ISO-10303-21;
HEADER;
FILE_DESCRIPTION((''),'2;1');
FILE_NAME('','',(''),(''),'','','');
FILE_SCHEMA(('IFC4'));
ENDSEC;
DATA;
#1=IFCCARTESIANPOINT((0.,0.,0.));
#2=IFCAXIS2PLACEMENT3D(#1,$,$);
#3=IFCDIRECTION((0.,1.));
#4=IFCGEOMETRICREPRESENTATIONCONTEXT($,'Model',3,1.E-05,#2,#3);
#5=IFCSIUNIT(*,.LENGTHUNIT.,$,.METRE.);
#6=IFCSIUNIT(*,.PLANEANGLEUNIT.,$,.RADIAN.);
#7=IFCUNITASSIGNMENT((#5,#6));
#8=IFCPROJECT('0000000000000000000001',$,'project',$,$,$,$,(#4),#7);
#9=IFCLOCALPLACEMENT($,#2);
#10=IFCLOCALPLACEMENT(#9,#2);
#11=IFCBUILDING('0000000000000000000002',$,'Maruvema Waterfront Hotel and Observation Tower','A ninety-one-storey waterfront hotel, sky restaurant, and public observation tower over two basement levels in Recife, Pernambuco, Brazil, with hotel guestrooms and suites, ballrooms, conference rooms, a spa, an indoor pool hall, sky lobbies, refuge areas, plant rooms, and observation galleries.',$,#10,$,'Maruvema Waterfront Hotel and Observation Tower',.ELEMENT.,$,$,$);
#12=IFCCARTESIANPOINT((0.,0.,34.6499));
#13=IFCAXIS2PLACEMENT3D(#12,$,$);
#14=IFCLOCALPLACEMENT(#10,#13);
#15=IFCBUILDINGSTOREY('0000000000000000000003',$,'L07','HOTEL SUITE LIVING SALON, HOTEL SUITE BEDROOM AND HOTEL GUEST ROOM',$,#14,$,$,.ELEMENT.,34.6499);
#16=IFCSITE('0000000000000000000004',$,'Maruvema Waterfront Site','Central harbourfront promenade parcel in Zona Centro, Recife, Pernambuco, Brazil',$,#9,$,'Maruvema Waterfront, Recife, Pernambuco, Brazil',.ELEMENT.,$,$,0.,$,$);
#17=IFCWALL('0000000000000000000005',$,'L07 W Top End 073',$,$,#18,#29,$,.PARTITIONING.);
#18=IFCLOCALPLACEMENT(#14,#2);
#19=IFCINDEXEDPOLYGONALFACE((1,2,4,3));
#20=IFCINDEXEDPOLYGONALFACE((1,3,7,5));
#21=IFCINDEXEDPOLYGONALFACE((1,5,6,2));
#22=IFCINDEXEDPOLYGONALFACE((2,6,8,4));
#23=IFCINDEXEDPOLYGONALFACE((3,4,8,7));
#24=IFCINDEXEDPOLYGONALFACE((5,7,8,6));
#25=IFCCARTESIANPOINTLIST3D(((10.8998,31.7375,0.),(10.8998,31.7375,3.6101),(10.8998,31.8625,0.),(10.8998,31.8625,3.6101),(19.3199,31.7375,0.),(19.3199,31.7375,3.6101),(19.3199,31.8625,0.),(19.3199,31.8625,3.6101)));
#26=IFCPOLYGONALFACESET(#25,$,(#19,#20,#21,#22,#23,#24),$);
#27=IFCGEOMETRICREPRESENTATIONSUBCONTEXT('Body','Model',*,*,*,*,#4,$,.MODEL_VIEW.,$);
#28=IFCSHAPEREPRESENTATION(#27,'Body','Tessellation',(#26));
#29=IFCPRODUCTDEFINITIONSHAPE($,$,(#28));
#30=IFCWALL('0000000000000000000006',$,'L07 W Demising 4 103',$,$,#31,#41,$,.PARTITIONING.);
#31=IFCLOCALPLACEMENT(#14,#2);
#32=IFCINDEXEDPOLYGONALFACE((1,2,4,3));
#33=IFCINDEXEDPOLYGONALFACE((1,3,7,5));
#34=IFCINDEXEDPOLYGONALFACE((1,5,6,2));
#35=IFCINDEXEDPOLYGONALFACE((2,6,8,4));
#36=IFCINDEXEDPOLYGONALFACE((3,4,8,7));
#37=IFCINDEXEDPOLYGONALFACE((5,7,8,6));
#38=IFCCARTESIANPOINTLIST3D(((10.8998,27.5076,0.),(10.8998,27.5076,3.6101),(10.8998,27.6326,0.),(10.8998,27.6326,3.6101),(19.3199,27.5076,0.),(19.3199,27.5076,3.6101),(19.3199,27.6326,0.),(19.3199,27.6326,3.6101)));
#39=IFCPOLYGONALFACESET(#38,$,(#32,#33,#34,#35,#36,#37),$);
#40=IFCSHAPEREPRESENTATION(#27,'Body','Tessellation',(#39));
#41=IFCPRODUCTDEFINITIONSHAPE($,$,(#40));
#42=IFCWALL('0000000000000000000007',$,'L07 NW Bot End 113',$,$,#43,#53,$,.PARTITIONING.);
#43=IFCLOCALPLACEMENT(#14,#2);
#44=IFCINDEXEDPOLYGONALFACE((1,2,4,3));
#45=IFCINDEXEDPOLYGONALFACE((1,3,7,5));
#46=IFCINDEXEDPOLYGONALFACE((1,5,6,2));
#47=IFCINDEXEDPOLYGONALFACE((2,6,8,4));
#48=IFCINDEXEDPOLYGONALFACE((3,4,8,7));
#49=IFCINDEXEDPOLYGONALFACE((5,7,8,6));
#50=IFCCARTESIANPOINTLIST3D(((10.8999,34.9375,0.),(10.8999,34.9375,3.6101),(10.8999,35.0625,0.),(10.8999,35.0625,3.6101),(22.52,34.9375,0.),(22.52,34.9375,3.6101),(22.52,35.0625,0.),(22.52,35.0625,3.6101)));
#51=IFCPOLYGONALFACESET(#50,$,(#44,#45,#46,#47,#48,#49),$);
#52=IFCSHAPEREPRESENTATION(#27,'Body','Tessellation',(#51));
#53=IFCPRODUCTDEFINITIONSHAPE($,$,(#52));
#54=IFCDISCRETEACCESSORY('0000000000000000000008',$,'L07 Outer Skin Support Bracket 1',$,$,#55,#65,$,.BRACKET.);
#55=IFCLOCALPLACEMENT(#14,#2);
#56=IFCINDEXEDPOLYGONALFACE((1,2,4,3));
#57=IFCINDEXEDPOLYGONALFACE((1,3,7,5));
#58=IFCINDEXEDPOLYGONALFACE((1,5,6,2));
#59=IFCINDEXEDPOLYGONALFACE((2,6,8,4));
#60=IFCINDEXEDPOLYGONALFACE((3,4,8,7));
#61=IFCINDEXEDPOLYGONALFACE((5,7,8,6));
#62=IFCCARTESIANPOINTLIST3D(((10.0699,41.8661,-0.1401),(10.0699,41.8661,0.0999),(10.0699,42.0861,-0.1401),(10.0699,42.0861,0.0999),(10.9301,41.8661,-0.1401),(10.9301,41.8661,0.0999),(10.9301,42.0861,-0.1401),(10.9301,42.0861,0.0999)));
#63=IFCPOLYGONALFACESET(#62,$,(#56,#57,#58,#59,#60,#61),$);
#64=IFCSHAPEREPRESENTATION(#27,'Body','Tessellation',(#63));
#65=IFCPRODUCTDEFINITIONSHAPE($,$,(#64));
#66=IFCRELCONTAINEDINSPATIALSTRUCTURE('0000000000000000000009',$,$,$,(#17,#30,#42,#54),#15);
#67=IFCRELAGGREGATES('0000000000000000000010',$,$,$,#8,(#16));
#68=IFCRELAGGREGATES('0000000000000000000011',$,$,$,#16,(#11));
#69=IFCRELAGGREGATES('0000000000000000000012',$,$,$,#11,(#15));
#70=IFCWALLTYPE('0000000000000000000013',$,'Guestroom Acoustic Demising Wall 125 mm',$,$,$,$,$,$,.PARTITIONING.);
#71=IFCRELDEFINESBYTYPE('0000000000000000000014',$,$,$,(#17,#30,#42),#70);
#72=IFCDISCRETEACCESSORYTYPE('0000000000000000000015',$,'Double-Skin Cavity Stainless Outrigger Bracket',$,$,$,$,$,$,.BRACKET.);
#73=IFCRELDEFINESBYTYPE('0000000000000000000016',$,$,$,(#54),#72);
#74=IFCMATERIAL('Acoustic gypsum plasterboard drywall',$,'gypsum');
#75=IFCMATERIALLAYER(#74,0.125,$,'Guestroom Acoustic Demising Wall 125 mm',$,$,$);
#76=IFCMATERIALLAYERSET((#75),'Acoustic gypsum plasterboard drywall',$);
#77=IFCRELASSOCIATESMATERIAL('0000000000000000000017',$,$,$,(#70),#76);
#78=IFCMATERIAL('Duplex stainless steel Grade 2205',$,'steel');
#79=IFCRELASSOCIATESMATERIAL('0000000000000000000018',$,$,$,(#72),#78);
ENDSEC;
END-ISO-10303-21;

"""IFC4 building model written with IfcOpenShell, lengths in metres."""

from ifc_helpers import new_model, si_unit, direction, frame, frame_2d, origin, origin_2d, place, context, subcontext, project, spatial, rectangle, extrude, material, layer, layer_set, type_object, element, save


model = new_model("IFC4")

# Units and contexts
model_context = context("Model", 3, precision=1e-05, world=origin(), true_north=direction((0.0, 1.0)))
body_context = subcontext(model_context, "Body", "Model", "MODEL_VIEW")
ifc_project = project(units=[si_unit("LENGTHUNIT", "METRE"), si_unit("PLANEANGLEUNIT", "RADIAN")], contexts=[model_context])

# Site, building, storey
site_placement = place(None, origin())
site = spatial("IfcSite", under=ifc_project, at=site_placement, Name="Maruvema Waterfront Site", Description="Central harbourfront promenade parcel in Zona Centro, Recife, Pernambuco, Brazil", LongName="Maruvema Waterfront, Recife, Pernambuco, Brazil", CompositionType="ELEMENT", RefElevation=0.0)
building_placement = place(site_placement, origin())
building = spatial("IfcBuilding", under=site, at=building_placement, Name="Maruvema Waterfront Hotel and Observation Tower", Description="A ninety-one-storey waterfront hotel, sky restaurant, and public observation tower over two basement levels in Recife, Pernambuco, Brazil, with hotel guestrooms and suites, ballrooms, conference rooms, a spa, an indoor pool hall, sky lobbies, refuge areas, plant rooms, and observation galleries.", LongName="Maruvema Waterfront Hotel and Observation Tower", CompositionType="ELEMENT")
storey_placement = place(building_placement, frame((0.0, 0.0, 34.6499)))
storey = spatial("IfcBuildingStorey", under=building, at=storey_placement, Name="L07", Description="HOTEL SUITE LIVING SALON, HOTEL SUITE BEDROOM AND HOTEL GUEST ROOM", CompositionType="ELEMENT", Elevation=34.6499)

# Walls
ifc_material_1 = material(Name="Acoustic gypsum plasterboard drywall", Category="gypsum")
ifc_layer_1 = layer(ifc_material_1, 0.125, Name="Guestroom Acoustic Demising Wall 125 mm")
ifc_layer_set_1 = layer_set([ifc_layer_1], Name="Acoustic gypsum plasterboard drywall")
wall_type_1 = type_object("IfcWallType", Name="Guestroom Acoustic Demising Wall 125 mm", PredefinedType="PARTITIONING", material=ifc_layer_set_1)
for number, where, z_axis, x_axis, name in (
    (1, (10.8999, 31.8, 0.0), (0.0, 0.0, 1.0), (1.0, 0.0, 0.0), "L07 W Top End 073"),
    (2, (10.8999, 27.5701, 0.0), (0.0, 0.0, 1.0), (1.0, 0.0, 0.0), "L07 W Demising 4 103"),
):
    element("IfcWall", number, at=place(storey_placement, frame(where, z_axis=z_axis, x_axis=x_axis)), inside=storey, type_object=wall_type_1, Name=name, PredefinedType="PARTITIONING", context=body_context, shape_type="SweptSolid", body=[
        extrude(rectangle(XDim=8.4202, YDim=0.125, at=frame_2d((4.21, 0.0))), origin(), (0.0, 0.0, 1.0), 3.6101),
    ])
wall_1_placement = place(storey_placement, frame((10.8999, 35.0, 0.0), z_axis=(0.0, 0.0, 1.0), x_axis=(1.0, 0.0, 0.0)))
element("IfcWall", 3, at=wall_1_placement, inside=storey, type_object=wall_type_1, Name="L07 NW Bot End 113", PredefinedType="PARTITIONING", context=body_context, shape_type="SweptSolid", body=[
    extrude(rectangle(XDim=11.6201, YDim=0.125, at=frame_2d((5.8101, 0.0))), origin(), (0.0, 0.0, 1.0), 3.6101),
])

# Discrete accessory
ifc_material_2 = material(Name="Duplex stainless steel Grade 2205", Category="steel")
discrete_accessory_type = type_object("IfcDiscreteAccessoryType", Name="Double-Skin Cavity Stainless Outrigger Bracket", PredefinedType="BRACKET", material=ifc_material_2)
discrete_accessory_placement = place(storey_placement, frame((10.5, 41.9761, -0.1401), z_axis=(0.0, 0.0, 1.0), x_axis=(0.0, -1.0, 0.0)))
element("IfcDiscreteAccessory", 4, at=discrete_accessory_placement, inside=storey, type_object=discrete_accessory_type, Name="L07 Outer Skin Support Bracket 1", PredefinedType="BRACKET", context=body_context, shape_type="SweptSolid", body=[
    extrude(rectangle(XDim=0.22, YDim=0.8601, at=origin_2d()), origin(), (0.0, 0.0, 1.0), 0.24),
])

save(model, "model.ifc")
